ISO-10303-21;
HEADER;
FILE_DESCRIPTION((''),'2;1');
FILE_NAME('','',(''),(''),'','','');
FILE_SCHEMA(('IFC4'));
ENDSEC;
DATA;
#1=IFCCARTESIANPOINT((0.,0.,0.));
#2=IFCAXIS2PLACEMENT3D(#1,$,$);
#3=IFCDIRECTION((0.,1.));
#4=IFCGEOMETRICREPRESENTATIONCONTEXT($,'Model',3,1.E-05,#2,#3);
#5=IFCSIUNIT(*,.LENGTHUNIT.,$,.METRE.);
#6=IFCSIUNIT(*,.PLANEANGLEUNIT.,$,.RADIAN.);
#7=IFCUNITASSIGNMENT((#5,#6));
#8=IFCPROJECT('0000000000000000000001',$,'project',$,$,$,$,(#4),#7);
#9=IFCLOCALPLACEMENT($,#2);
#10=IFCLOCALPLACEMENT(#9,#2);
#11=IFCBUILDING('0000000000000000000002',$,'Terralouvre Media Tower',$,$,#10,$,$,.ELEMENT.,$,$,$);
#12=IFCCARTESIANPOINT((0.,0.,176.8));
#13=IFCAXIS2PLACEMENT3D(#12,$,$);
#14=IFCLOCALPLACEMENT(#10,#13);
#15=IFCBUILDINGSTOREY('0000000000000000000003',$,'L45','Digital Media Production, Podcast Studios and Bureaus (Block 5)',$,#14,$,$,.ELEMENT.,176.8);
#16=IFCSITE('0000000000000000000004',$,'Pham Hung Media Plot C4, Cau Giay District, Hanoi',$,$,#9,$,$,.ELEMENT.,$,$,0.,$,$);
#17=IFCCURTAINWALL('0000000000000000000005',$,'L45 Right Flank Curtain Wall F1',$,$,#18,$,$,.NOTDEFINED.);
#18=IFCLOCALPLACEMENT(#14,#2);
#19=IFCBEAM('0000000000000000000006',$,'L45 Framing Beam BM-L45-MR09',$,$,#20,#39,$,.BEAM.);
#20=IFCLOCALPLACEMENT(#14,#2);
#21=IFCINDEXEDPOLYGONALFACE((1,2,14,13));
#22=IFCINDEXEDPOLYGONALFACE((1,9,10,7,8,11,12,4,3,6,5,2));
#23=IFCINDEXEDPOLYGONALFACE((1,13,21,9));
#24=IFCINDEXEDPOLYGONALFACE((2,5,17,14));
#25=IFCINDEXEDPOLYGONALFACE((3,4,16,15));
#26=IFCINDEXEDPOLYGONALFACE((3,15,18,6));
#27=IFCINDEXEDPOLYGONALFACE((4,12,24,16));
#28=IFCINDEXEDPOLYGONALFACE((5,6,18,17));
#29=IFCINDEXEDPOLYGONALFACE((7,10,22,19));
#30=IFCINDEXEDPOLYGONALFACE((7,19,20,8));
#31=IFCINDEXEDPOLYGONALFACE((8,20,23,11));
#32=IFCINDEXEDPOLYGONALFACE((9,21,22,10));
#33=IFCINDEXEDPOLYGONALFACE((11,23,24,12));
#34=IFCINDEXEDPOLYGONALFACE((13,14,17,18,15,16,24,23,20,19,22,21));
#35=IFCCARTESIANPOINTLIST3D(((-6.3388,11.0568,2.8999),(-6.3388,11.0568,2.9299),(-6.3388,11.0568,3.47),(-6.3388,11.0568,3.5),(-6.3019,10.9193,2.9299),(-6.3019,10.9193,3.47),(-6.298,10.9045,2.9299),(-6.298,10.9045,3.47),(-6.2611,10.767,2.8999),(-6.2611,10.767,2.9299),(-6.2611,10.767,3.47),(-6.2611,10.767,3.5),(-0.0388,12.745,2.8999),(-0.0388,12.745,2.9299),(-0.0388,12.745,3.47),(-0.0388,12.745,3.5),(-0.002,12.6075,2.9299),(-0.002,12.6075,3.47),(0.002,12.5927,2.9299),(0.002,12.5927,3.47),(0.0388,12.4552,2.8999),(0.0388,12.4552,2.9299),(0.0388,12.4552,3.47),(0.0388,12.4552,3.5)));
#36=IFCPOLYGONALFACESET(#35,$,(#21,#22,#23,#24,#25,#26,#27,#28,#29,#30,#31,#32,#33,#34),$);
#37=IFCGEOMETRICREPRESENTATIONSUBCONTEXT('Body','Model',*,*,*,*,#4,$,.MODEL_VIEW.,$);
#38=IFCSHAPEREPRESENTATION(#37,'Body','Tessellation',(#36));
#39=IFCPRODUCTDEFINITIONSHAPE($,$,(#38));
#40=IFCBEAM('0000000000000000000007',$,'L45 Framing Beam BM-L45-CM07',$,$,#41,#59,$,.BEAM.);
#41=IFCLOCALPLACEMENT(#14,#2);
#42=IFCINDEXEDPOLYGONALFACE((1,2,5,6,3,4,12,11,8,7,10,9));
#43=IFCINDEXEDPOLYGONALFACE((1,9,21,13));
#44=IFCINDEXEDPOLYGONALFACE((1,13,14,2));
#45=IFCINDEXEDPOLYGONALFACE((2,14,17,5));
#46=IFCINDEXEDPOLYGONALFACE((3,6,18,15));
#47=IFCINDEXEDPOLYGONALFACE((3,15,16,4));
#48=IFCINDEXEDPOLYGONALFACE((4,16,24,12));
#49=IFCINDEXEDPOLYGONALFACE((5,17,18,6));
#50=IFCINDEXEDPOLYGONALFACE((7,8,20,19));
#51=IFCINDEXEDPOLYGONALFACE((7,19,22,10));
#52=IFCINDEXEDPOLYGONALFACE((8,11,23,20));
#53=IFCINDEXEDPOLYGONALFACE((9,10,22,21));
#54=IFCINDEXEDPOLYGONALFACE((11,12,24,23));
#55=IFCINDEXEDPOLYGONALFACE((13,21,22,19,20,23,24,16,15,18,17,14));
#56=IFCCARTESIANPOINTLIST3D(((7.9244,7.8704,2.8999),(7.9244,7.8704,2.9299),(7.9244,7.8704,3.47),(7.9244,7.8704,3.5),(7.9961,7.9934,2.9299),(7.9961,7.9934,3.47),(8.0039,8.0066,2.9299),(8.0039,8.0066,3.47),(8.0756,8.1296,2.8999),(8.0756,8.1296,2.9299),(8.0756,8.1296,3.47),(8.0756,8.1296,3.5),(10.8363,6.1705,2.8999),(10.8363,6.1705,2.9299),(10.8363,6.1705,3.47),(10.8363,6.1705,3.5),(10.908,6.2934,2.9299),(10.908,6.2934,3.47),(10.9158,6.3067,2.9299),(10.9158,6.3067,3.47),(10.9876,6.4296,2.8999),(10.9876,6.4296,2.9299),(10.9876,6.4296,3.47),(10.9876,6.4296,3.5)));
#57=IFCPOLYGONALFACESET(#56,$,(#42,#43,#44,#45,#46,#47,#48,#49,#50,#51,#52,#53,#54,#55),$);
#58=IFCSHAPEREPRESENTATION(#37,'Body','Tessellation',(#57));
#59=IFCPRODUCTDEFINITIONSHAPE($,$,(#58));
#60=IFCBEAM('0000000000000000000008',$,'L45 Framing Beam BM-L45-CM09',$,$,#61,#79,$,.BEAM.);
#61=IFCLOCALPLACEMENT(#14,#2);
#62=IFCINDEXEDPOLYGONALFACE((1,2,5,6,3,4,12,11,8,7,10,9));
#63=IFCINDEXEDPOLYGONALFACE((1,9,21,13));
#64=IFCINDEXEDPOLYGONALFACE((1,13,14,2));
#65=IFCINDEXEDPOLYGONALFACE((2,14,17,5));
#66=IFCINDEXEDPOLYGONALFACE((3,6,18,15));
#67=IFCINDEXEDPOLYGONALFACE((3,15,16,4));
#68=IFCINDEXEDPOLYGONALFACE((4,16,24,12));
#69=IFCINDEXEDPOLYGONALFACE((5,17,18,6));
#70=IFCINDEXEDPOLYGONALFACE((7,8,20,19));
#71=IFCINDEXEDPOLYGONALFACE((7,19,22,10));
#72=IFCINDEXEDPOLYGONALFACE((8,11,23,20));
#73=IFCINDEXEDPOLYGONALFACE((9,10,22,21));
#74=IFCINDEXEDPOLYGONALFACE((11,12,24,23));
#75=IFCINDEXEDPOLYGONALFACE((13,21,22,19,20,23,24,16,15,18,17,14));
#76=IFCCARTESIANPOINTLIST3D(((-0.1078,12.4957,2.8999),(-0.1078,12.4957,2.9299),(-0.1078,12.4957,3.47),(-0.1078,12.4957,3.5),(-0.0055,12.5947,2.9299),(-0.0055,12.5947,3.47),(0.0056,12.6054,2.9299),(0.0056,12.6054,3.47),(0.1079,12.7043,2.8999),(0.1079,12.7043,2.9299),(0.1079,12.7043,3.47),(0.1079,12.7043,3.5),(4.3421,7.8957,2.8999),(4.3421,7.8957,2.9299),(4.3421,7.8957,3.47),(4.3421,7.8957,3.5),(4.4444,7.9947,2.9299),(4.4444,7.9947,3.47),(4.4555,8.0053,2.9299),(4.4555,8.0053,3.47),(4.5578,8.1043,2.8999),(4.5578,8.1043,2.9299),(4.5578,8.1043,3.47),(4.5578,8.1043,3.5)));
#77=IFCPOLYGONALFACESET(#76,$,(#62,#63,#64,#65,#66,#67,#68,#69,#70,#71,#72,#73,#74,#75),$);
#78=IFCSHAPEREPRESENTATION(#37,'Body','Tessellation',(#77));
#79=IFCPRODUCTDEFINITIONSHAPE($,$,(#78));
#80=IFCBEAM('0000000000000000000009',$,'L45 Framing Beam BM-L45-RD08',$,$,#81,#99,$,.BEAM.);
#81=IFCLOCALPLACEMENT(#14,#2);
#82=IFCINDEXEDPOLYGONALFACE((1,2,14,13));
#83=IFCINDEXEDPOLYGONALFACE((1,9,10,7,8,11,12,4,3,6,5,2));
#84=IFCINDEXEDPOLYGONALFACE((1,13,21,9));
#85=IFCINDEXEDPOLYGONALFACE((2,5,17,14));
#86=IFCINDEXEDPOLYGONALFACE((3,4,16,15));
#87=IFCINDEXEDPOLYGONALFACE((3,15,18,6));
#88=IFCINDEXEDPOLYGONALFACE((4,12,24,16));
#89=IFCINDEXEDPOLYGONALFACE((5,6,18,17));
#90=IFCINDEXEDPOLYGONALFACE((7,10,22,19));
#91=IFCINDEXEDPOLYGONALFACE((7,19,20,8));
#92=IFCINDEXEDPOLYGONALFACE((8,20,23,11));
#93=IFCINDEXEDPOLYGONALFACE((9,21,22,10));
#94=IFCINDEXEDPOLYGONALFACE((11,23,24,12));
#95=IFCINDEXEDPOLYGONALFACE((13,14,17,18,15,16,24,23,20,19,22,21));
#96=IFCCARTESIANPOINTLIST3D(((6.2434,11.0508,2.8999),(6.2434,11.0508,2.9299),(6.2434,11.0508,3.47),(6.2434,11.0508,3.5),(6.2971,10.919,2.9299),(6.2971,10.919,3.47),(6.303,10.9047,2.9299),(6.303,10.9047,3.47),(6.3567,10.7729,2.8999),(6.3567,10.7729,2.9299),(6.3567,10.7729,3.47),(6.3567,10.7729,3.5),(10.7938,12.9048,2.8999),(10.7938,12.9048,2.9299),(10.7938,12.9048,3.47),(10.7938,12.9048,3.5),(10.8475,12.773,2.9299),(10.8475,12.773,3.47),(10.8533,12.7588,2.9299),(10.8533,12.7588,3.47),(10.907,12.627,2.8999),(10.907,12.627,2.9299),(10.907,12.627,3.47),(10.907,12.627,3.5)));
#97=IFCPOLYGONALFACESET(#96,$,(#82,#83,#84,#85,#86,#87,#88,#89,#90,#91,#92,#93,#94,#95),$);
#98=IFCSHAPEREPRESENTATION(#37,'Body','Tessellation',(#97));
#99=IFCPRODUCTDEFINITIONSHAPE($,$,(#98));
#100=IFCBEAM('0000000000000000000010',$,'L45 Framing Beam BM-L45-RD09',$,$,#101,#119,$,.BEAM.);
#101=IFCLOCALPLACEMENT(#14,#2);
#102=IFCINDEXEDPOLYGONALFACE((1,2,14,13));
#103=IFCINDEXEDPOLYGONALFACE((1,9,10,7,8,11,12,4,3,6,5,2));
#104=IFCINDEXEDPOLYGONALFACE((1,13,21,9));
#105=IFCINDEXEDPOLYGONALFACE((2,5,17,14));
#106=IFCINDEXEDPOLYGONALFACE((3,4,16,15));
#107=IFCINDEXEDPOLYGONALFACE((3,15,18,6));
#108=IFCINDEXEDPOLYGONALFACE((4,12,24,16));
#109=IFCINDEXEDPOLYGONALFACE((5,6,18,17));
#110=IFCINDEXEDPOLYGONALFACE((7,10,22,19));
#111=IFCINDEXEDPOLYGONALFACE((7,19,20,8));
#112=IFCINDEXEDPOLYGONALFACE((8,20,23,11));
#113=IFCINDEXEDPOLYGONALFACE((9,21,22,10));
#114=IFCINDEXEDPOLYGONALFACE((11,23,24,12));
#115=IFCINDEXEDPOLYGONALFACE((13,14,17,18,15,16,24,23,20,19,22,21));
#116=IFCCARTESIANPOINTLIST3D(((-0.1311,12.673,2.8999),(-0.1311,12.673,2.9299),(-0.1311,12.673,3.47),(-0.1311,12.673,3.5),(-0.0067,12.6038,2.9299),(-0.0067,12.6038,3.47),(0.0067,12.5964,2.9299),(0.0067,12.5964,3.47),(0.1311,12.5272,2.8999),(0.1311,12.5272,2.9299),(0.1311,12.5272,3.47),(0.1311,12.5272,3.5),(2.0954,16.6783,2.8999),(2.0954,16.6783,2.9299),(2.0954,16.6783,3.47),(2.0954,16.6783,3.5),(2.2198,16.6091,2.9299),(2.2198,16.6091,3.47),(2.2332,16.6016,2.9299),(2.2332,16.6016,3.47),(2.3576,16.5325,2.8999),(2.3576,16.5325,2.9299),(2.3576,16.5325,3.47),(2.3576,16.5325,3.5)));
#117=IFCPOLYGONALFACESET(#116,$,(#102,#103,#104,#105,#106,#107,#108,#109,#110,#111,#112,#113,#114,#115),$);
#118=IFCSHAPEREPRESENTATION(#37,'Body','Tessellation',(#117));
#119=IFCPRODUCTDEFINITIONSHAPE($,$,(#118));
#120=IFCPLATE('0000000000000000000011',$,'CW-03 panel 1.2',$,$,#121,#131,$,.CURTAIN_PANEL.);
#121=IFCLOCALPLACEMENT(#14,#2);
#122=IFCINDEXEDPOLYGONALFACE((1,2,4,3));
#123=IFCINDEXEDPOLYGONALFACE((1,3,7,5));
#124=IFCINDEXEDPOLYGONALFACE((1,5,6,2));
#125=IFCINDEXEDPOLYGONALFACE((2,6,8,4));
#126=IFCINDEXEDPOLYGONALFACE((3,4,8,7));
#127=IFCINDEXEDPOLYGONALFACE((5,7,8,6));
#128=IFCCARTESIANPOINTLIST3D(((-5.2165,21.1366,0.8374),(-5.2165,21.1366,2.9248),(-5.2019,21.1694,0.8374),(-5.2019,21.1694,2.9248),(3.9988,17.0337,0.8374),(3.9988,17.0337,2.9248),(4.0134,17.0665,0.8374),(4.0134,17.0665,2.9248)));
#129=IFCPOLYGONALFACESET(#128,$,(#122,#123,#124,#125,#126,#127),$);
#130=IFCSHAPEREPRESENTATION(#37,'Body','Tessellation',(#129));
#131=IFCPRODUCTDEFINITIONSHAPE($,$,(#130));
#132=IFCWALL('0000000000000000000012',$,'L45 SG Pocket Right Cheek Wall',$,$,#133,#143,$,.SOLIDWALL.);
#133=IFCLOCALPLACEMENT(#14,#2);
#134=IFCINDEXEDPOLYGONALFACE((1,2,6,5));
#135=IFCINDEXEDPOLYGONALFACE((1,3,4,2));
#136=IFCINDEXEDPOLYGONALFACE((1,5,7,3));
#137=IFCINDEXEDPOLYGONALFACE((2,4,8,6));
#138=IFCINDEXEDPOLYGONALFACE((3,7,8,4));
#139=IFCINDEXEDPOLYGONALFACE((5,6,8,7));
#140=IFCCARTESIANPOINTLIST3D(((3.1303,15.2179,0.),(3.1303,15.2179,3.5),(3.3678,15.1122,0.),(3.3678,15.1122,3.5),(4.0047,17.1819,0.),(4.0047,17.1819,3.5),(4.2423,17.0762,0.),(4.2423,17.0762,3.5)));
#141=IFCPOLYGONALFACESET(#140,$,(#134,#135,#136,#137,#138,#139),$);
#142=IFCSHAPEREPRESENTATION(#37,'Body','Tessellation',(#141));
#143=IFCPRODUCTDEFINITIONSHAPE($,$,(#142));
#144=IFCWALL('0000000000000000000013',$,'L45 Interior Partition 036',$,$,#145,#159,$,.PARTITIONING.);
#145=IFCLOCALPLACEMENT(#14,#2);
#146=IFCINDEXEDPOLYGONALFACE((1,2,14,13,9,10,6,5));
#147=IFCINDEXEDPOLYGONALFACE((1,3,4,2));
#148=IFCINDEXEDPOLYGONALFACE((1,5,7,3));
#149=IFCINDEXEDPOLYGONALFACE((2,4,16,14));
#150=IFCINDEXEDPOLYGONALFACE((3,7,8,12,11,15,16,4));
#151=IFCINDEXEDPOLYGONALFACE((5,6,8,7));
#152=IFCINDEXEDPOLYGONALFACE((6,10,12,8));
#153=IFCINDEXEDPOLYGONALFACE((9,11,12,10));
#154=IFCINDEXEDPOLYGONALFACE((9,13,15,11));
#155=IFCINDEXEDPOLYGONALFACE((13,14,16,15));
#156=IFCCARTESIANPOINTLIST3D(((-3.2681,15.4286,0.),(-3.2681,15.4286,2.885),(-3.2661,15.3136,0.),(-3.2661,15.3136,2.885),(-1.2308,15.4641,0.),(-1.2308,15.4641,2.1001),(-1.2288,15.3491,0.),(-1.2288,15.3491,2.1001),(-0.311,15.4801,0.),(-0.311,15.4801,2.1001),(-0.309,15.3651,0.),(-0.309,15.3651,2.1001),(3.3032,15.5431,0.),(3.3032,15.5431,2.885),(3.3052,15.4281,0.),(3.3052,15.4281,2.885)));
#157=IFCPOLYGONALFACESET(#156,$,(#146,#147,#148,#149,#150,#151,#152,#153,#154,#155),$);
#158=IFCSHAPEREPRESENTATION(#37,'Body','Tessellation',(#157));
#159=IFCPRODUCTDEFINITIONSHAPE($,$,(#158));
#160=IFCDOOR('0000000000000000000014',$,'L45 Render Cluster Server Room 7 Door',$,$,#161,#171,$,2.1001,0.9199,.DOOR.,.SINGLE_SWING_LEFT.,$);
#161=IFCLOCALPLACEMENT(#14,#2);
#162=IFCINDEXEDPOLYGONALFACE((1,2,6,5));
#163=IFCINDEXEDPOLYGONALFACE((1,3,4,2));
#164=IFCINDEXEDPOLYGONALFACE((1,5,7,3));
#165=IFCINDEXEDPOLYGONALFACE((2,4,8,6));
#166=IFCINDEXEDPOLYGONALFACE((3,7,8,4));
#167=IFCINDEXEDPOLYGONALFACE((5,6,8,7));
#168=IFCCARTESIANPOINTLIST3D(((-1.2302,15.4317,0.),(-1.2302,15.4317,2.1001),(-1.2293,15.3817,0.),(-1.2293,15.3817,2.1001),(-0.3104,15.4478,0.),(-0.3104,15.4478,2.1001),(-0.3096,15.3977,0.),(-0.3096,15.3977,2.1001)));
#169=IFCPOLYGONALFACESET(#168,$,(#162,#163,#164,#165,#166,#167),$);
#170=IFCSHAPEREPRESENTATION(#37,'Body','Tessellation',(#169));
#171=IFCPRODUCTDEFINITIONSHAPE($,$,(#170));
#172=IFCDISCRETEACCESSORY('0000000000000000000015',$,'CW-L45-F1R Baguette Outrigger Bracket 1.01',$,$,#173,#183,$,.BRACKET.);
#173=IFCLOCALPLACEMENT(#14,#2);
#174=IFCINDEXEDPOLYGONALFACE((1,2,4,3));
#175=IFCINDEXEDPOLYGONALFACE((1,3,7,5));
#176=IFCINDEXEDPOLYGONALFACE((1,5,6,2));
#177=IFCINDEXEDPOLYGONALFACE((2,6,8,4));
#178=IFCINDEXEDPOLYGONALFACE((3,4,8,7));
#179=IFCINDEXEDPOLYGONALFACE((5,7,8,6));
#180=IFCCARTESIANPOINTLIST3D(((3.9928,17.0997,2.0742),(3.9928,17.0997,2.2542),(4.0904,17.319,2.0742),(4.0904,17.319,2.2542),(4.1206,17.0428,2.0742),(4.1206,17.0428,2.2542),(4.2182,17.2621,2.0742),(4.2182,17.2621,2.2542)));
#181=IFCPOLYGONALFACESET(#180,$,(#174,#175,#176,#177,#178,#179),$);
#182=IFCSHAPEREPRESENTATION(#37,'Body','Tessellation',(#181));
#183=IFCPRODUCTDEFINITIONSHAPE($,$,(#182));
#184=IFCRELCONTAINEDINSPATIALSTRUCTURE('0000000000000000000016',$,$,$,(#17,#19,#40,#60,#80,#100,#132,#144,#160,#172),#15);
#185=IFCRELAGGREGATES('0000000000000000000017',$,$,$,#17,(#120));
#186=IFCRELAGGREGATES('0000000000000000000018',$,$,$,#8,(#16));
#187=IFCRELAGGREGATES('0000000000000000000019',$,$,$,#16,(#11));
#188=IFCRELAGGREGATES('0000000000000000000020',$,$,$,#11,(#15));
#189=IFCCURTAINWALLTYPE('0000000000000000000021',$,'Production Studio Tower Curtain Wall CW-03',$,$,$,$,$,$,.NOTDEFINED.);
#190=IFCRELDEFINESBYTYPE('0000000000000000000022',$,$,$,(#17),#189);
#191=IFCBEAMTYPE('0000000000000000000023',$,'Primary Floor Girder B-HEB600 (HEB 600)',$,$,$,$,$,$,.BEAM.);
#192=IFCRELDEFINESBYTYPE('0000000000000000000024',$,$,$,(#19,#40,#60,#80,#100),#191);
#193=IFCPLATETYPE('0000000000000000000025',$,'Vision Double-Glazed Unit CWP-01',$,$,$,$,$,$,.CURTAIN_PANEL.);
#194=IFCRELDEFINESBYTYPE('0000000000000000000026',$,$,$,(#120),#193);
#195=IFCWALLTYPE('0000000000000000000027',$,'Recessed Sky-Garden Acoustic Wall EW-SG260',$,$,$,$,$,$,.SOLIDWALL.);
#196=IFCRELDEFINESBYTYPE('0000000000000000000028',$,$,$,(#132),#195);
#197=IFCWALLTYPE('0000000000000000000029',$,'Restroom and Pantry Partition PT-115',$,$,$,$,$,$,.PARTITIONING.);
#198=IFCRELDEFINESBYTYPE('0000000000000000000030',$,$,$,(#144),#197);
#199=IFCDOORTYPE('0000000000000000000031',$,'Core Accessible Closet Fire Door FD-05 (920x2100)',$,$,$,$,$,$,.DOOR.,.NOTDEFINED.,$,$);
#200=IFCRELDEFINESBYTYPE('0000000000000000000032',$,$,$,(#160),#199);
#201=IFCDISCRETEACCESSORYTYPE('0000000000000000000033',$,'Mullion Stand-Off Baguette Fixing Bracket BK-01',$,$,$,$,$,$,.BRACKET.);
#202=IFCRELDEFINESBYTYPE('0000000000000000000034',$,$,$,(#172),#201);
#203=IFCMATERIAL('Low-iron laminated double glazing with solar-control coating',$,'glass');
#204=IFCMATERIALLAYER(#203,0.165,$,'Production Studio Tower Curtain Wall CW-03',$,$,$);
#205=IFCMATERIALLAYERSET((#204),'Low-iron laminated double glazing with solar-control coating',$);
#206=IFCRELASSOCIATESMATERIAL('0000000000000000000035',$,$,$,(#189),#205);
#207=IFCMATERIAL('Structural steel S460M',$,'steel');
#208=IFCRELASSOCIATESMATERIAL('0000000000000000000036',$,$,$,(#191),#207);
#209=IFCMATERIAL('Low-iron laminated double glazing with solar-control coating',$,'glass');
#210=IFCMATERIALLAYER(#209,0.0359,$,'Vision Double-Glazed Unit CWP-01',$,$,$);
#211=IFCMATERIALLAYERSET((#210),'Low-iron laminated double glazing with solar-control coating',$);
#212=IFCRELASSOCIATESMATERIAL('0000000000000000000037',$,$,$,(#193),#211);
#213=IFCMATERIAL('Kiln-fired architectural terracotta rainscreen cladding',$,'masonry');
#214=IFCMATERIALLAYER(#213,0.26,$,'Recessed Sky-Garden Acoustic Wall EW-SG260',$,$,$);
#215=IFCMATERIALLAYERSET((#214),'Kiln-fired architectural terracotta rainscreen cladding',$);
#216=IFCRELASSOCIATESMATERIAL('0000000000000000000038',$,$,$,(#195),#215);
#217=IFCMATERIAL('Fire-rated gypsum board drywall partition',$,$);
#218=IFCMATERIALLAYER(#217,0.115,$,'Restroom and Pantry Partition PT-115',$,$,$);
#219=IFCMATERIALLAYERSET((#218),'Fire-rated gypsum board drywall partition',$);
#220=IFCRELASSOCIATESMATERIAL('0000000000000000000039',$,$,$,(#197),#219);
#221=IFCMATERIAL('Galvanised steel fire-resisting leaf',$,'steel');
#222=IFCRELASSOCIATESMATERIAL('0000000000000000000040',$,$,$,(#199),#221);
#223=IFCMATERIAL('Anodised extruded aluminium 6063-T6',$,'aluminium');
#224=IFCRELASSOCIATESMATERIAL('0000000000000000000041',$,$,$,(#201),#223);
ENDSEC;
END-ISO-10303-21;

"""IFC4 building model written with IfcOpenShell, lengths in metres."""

from ifc_helpers import new_model, si_unit, direction, frame, frame_2d, origin, origin_2d, place, context, subcontext, project, spatial, rectangle, i_section, extrude, material, layer, layer_set, material_profile, profile_set, type_object, element, fill, aggregate, save


model = new_model("IFC4")

# Units and contexts
model_context = context("Model", 3, precision=1e-05, world=origin(), true_north=direction((0.0, 1.0)))
body_context = subcontext(model_context, "Body", "Model", "MODEL_VIEW")
ifc_project = project(units=[si_unit("LENGTHUNIT", "METRE"), si_unit("PLANEANGLEUNIT", "RADIAN")], contexts=[model_context])

# Site, building, storey
site_placement = place(None, origin())
site = spatial("IfcSite", under=ifc_project, at=site_placement, Name="Pham Hung Media Plot C4, Cau Giay District, Hanoi", CompositionType="ELEMENT", RefElevation=0.0)
building_placement = place(site_placement, origin())
building = spatial("IfcBuilding", under=site, at=building_placement, Name="Terralouvre Media Tower", CompositionType="ELEMENT")
storey_placement = place(building_placement, frame((0.0, 0.0, 176.8)))
storey = spatial("IfcBuildingStorey", under=building, at=storey_placement, Name="L45", Description="Digital Media Production, Podcast Studios and Bureaus (Block 5)", CompositionType="ELEMENT", Elevation=176.8)

# Curtain wall
ifc_material_1 = material(Name="Low-iron laminated double glazing with solar-control coating", Category="glass")
ifc_layer_1 = layer(ifc_material_1, 0.165, Name="Production Studio Tower Curtain Wall CW-03")
ifc_layer_set_1 = layer_set([ifc_layer_1], Name="Low-iron laminated double glazing with solar-control coating")
curtain_wall_type = type_object("IfcCurtainWallType", Name="Production Studio Tower Curtain Wall CW-03", PredefinedType="NOTDEFINED", material=ifc_layer_set_1)
curtain_wall_placement = place(storey_placement, origin())
curtain_wall = element("IfcCurtainWall", 1, at=curtain_wall_placement, inside=storey, type_object=curtain_wall_type, Name="L45 Right Flank Curtain Wall F1", PredefinedType="NOTDEFINED")

# Beams
ifc_material_2 = material(Name="Structural steel S460M", Category="steel")
ifc_material_profile_1 = material_profile(ifc_material_2, i_section(OverallWidth=0.3, OverallDepth=0.6001, WebThickness=0.0154, FlangeThickness=0.03, at=origin_2d()), Name="HEB 600")
ifc_profile_set_1 = profile_set([ifc_material_profile_1], Name="Structural steel S460M")
beam_type_1 = type_object("IfcBeamType", Name="Primary Floor Girder B-HEB600 (HEB 600)", PredefinedType="BEAM", material=ifc_profile_set_1)
for number, where, z_axis, x_axis, name in (
    (2, (0.0, 12.6001, 3.2), (-0.96592, -0.258839, 0.0), (0.258839, -0.96592, 0.0), "L45 Framing Beam BM-L45-MR09"),
):
    element("IfcBeam", number, at=place(storey_placement, frame(where, z_axis=z_axis, x_axis=x_axis)), inside=storey, type_object=beam_type_1, Name=name, PredefinedType="BEAM", context=body_context, shape_type="SweptSolid", body=[
        extrude(i_section(OverallWidth=0.3, OverallDepth=0.6001, WebThickness=0.0154, FlangeThickness=0.03, at=origin_2d()), origin(), (0.0, 0.0, 1.0), 6.5222),
    ])
beam_1_placement = place(storey_placement, frame((8.0, 8.0, 3.2), z_axis=(0.863603, -0.504173, 0.0), x_axis=(0.504173, 0.863603, 0.0)))
element("IfcBeam", 3, at=beam_1_placement, inside=storey, type_object=beam_type_1, Name="L45 Framing Beam BM-L45-CM07", PredefinedType="BEAM", context=body_context, shape_type="SweptSolid", body=[
    extrude(i_section(OverallWidth=0.3, OverallDepth=0.6001, WebThickness=0.0154, FlangeThickness=0.03, at=origin_2d()), origin(), (0.0, 0.0, 1.0), 3.3718),
])
beam_2_placement = place(storey_placement, frame((4.45, 8.0, 3.2), z_axis=(-0.69528, 0.718739, 0.0), x_axis=(-0.718739, -0.69528, 0.0)))
element("IfcBeam", 4, at=beam_2_placement, inside=storey, type_object=beam_type_1, Name="L45 Framing Beam BM-L45-CM09", PredefinedType="BEAM", context=body_context, shape_type="SweptSolid", body=[
    extrude(i_section(OverallWidth=0.3, OverallDepth=0.6001, WebThickness=0.0154, FlangeThickness=0.03, at=origin_2d()), origin(), (0.0, 0.0, 1.0), 6.4001),
])
beam_3_placement = place(storey_placement, frame((6.3, 10.9119, 3.2), z_axis=(0.926079, 0.377328, 0.0), x_axis=(-0.377328, 0.926079, 0.0)))
element("IfcBeam", 5, at=beam_3_placement, inside=storey, type_object=beam_type_1, Name="L45 Framing Beam BM-L45-RD08", PredefinedType="BEAM", context=body_context, shape_type="SweptSolid", body=[
    extrude(i_section(OverallWidth=0.3, OverallDepth=0.6001, WebThickness=0.0154, FlangeThickness=0.03, at=origin_2d()), origin(), (0.0, 0.0, 1.0), 4.9136),
])
beam_4_placement = place(storey_placement, frame((0.0, 12.6001, 3.2), z_axis=(0.485869, 0.874032, 0.0), x_axis=(-0.874032, 0.485869, 0.0)))
element("IfcBeam", 6, at=beam_4_placement, inside=storey, type_object=beam_type_1, Name="L45 Framing Beam BM-L45-RD09", PredefinedType="BEAM", context=body_context, shape_type="SweptSolid", body=[
    extrude(i_section(OverallWidth=0.3, OverallDepth=0.6001, WebThickness=0.0154, FlangeThickness=0.03, at=origin_2d()), origin(), (0.0, 0.0, 1.0), 4.5825),
])

# Plate
ifc_material_3 = material(Name="Low-iron laminated double glazing with solar-control coating", Category="glass")
ifc_layer_2 = layer(ifc_material_3, 0.0359, Name="Vision Double-Glazed Unit CWP-01")
ifc_layer_set_2 = layer_set([ifc_layer_2], Name="Low-iron laminated double glazing with solar-control coating")
plate_type = type_object("IfcPlateType", Name="Vision Double-Glazed Unit CWP-01", PredefinedType="CURTAIN_PANEL", material=ifc_layer_set_2)
plate_placement = place(storey_placement, frame((-0.6016, 19.1016, 0.8374), z_axis=(0.0, 0.0, 1.0), x_axis=(-0.913546, 0.406736, 0.0)))
plate = element("IfcPlate", 7, at=plate_placement, type_object=plate_type, Name="CW-03 panel 1.2", PredefinedType="CURTAIN_PANEL", context=body_context, shape_type="SweptSolid", body=[
    extrude(rectangle(XDim=10.0874, YDim=0.0359, at=origin_2d()), origin(), (0.0, 0.0, 1.0), 2.0874),
])
aggregate(curtain_wall, [plate])

# Wall
ifc_material_4 = material(Name="Kiln-fired architectural terracotta rainscreen cladding", Category="masonry")
ifc_layer_3 = layer(ifc_material_4, 0.26, Name="Recessed Sky-Garden Acoustic Wall EW-SG260")
ifc_layer_set_3 = layer_set([ifc_layer_3], Name="Kiln-fired architectural terracotta rainscreen cladding")
wall_type_1 = type_object("IfcWallType", Name="Recessed Sky-Garden Acoustic Wall EW-SG260", PredefinedType="SOLIDWALL", material=ifc_layer_set_3)
wall_1_placement = place(storey_placement, frame((3.249, 15.165, 0.0), z_axis=(0.0, 0.0, 1.0), x_axis=(0.406749, 0.91354, 0.0)))
element("IfcWall", 8, at=wall_1_placement, inside=storey, type_object=wall_type_1, Name="L45 SG Pocket Right Cheek Wall", PredefinedType="SOLIDWALL", context=body_context, shape_type="SweptSolid", body=[
    extrude(rectangle(XDim=2.1499, YDim=0.26, at=frame_2d((1.075, 0.0))), origin(), (0.0, 0.0, 1.0), 3.5),
])

# Wall, opening, door
ifc_material_5 = material(Name="Fire-rated gypsum board drywall partition")
ifc_layer_4 = layer(ifc_material_5, 0.115, Name="Restroom and Pantry Partition PT-115")
ifc_layer_set_4 = layer_set([ifc_layer_4], Name="Fire-rated gypsum board drywall partition")
wall_type_2 = type_object("IfcWallType", Name="Restroom and Pantry Partition PT-115", PredefinedType="PARTITIONING", material=ifc_layer_set_4)
wall_2_placement = place(storey_placement, frame((3.3042, 15.4856, 0.0), z_axis=(0.0, 0.0, 1.0), x_axis=(-0.999848, -0.017422, 0.0)))
wall_2 = element("IfcWall", 9, at=wall_2_placement, inside=storey, type_object=wall_type_2, Name="L45 Interior Partition 036", PredefinedType="PARTITIONING", context=body_context, shape_type="SweptSolid", body=[
    extrude(rectangle(XDim=6.5723, YDim=0.115, at=frame_2d((3.2861, 0.0))), origin(), (0.0, 0.0, 1.0), 2.885),
])
opening_placement = place(wall_2_placement, frame((3.6147, 0.0, 0.0)))
opening = element("IfcOpeningElement", 10, at=opening_placement, cuts=wall_2, PredefinedType="OPENING", context=body_context, shape_type="SweptSolid", body=[
    extrude(rectangle(XDim=0.9199, YDim=2.1001, at=frame_2d((0.46, 1.05))), frame((0.0, 0.0674, 0.0), z_axis=(0.0, -1.0, 0.0), x_axis=(1.0, 0.0, 0.0)), (0.0, 0.0, 1.0), 0.135),
])
ifc_material_6 = material(Name="Galvanised steel fire-resisting leaf", Category="steel")
door_type = type_object("IfcDoorType", Name="Core Accessible Closet Fire Door FD-05 (920x2100)", OperationType="NOTDEFINED", PredefinedType="DOOR", material=ifc_material_6)
door_placement = place(opening_placement, origin())
door = element("IfcDoor", 11, at=door_placement, inside=storey, type_object=door_type, Name="L45 Render Cluster Server Room 7 Door", OperationType="SINGLE_SWING_LEFT", OverallHeight=2.1001, OverallWidth=0.9199, PredefinedType="DOOR", context=body_context, shape_type="SweptSolid", body=[
    extrude(rectangle(XDim=0.9199, YDim=2.1001, at=frame_2d((0.46, 1.05))), frame((0.0, 0.0249, 0.0), z_axis=(0.0, -1.0, 0.0), x_axis=(1.0, 0.0, 0.0)), (0.0, 0.0, 1.0), 0.05),
])
fill(opening, door)

# Discrete accessory
ifc_material_7 = material(Name="Anodised extruded aluminium 6063-T6", Category="aluminium")
discrete_accessory_type_1 = type_object("IfcDiscreteAccessoryType", Name="Mullion Stand-Off Baguette Fixing Bracket BK-01", PredefinedType="BRACKET", material=ifc_material_7)
discrete_accessory_1_placement = place(storey_placement, frame((4.1055, 17.1809, 2.0742), z_axis=(0.0, 0.0, 1.0), x_axis=(-0.913546, 0.406736, 0.0)))
element("IfcDiscreteAccessory", 12, at=discrete_accessory_1_placement, inside=storey, type_object=discrete_accessory_type_1, Name="CW-L45-F1R Baguette Outrigger Bracket 1.01", PredefinedType="BRACKET", context=body_context, shape_type="SweptSolid", body=[
    extrude(rectangle(XDim=0.1399, YDim=0.24, at=origin_2d()), origin(), (0.0, 0.0, 1.0), 0.1799),
])

save(model, "model.ifc")
